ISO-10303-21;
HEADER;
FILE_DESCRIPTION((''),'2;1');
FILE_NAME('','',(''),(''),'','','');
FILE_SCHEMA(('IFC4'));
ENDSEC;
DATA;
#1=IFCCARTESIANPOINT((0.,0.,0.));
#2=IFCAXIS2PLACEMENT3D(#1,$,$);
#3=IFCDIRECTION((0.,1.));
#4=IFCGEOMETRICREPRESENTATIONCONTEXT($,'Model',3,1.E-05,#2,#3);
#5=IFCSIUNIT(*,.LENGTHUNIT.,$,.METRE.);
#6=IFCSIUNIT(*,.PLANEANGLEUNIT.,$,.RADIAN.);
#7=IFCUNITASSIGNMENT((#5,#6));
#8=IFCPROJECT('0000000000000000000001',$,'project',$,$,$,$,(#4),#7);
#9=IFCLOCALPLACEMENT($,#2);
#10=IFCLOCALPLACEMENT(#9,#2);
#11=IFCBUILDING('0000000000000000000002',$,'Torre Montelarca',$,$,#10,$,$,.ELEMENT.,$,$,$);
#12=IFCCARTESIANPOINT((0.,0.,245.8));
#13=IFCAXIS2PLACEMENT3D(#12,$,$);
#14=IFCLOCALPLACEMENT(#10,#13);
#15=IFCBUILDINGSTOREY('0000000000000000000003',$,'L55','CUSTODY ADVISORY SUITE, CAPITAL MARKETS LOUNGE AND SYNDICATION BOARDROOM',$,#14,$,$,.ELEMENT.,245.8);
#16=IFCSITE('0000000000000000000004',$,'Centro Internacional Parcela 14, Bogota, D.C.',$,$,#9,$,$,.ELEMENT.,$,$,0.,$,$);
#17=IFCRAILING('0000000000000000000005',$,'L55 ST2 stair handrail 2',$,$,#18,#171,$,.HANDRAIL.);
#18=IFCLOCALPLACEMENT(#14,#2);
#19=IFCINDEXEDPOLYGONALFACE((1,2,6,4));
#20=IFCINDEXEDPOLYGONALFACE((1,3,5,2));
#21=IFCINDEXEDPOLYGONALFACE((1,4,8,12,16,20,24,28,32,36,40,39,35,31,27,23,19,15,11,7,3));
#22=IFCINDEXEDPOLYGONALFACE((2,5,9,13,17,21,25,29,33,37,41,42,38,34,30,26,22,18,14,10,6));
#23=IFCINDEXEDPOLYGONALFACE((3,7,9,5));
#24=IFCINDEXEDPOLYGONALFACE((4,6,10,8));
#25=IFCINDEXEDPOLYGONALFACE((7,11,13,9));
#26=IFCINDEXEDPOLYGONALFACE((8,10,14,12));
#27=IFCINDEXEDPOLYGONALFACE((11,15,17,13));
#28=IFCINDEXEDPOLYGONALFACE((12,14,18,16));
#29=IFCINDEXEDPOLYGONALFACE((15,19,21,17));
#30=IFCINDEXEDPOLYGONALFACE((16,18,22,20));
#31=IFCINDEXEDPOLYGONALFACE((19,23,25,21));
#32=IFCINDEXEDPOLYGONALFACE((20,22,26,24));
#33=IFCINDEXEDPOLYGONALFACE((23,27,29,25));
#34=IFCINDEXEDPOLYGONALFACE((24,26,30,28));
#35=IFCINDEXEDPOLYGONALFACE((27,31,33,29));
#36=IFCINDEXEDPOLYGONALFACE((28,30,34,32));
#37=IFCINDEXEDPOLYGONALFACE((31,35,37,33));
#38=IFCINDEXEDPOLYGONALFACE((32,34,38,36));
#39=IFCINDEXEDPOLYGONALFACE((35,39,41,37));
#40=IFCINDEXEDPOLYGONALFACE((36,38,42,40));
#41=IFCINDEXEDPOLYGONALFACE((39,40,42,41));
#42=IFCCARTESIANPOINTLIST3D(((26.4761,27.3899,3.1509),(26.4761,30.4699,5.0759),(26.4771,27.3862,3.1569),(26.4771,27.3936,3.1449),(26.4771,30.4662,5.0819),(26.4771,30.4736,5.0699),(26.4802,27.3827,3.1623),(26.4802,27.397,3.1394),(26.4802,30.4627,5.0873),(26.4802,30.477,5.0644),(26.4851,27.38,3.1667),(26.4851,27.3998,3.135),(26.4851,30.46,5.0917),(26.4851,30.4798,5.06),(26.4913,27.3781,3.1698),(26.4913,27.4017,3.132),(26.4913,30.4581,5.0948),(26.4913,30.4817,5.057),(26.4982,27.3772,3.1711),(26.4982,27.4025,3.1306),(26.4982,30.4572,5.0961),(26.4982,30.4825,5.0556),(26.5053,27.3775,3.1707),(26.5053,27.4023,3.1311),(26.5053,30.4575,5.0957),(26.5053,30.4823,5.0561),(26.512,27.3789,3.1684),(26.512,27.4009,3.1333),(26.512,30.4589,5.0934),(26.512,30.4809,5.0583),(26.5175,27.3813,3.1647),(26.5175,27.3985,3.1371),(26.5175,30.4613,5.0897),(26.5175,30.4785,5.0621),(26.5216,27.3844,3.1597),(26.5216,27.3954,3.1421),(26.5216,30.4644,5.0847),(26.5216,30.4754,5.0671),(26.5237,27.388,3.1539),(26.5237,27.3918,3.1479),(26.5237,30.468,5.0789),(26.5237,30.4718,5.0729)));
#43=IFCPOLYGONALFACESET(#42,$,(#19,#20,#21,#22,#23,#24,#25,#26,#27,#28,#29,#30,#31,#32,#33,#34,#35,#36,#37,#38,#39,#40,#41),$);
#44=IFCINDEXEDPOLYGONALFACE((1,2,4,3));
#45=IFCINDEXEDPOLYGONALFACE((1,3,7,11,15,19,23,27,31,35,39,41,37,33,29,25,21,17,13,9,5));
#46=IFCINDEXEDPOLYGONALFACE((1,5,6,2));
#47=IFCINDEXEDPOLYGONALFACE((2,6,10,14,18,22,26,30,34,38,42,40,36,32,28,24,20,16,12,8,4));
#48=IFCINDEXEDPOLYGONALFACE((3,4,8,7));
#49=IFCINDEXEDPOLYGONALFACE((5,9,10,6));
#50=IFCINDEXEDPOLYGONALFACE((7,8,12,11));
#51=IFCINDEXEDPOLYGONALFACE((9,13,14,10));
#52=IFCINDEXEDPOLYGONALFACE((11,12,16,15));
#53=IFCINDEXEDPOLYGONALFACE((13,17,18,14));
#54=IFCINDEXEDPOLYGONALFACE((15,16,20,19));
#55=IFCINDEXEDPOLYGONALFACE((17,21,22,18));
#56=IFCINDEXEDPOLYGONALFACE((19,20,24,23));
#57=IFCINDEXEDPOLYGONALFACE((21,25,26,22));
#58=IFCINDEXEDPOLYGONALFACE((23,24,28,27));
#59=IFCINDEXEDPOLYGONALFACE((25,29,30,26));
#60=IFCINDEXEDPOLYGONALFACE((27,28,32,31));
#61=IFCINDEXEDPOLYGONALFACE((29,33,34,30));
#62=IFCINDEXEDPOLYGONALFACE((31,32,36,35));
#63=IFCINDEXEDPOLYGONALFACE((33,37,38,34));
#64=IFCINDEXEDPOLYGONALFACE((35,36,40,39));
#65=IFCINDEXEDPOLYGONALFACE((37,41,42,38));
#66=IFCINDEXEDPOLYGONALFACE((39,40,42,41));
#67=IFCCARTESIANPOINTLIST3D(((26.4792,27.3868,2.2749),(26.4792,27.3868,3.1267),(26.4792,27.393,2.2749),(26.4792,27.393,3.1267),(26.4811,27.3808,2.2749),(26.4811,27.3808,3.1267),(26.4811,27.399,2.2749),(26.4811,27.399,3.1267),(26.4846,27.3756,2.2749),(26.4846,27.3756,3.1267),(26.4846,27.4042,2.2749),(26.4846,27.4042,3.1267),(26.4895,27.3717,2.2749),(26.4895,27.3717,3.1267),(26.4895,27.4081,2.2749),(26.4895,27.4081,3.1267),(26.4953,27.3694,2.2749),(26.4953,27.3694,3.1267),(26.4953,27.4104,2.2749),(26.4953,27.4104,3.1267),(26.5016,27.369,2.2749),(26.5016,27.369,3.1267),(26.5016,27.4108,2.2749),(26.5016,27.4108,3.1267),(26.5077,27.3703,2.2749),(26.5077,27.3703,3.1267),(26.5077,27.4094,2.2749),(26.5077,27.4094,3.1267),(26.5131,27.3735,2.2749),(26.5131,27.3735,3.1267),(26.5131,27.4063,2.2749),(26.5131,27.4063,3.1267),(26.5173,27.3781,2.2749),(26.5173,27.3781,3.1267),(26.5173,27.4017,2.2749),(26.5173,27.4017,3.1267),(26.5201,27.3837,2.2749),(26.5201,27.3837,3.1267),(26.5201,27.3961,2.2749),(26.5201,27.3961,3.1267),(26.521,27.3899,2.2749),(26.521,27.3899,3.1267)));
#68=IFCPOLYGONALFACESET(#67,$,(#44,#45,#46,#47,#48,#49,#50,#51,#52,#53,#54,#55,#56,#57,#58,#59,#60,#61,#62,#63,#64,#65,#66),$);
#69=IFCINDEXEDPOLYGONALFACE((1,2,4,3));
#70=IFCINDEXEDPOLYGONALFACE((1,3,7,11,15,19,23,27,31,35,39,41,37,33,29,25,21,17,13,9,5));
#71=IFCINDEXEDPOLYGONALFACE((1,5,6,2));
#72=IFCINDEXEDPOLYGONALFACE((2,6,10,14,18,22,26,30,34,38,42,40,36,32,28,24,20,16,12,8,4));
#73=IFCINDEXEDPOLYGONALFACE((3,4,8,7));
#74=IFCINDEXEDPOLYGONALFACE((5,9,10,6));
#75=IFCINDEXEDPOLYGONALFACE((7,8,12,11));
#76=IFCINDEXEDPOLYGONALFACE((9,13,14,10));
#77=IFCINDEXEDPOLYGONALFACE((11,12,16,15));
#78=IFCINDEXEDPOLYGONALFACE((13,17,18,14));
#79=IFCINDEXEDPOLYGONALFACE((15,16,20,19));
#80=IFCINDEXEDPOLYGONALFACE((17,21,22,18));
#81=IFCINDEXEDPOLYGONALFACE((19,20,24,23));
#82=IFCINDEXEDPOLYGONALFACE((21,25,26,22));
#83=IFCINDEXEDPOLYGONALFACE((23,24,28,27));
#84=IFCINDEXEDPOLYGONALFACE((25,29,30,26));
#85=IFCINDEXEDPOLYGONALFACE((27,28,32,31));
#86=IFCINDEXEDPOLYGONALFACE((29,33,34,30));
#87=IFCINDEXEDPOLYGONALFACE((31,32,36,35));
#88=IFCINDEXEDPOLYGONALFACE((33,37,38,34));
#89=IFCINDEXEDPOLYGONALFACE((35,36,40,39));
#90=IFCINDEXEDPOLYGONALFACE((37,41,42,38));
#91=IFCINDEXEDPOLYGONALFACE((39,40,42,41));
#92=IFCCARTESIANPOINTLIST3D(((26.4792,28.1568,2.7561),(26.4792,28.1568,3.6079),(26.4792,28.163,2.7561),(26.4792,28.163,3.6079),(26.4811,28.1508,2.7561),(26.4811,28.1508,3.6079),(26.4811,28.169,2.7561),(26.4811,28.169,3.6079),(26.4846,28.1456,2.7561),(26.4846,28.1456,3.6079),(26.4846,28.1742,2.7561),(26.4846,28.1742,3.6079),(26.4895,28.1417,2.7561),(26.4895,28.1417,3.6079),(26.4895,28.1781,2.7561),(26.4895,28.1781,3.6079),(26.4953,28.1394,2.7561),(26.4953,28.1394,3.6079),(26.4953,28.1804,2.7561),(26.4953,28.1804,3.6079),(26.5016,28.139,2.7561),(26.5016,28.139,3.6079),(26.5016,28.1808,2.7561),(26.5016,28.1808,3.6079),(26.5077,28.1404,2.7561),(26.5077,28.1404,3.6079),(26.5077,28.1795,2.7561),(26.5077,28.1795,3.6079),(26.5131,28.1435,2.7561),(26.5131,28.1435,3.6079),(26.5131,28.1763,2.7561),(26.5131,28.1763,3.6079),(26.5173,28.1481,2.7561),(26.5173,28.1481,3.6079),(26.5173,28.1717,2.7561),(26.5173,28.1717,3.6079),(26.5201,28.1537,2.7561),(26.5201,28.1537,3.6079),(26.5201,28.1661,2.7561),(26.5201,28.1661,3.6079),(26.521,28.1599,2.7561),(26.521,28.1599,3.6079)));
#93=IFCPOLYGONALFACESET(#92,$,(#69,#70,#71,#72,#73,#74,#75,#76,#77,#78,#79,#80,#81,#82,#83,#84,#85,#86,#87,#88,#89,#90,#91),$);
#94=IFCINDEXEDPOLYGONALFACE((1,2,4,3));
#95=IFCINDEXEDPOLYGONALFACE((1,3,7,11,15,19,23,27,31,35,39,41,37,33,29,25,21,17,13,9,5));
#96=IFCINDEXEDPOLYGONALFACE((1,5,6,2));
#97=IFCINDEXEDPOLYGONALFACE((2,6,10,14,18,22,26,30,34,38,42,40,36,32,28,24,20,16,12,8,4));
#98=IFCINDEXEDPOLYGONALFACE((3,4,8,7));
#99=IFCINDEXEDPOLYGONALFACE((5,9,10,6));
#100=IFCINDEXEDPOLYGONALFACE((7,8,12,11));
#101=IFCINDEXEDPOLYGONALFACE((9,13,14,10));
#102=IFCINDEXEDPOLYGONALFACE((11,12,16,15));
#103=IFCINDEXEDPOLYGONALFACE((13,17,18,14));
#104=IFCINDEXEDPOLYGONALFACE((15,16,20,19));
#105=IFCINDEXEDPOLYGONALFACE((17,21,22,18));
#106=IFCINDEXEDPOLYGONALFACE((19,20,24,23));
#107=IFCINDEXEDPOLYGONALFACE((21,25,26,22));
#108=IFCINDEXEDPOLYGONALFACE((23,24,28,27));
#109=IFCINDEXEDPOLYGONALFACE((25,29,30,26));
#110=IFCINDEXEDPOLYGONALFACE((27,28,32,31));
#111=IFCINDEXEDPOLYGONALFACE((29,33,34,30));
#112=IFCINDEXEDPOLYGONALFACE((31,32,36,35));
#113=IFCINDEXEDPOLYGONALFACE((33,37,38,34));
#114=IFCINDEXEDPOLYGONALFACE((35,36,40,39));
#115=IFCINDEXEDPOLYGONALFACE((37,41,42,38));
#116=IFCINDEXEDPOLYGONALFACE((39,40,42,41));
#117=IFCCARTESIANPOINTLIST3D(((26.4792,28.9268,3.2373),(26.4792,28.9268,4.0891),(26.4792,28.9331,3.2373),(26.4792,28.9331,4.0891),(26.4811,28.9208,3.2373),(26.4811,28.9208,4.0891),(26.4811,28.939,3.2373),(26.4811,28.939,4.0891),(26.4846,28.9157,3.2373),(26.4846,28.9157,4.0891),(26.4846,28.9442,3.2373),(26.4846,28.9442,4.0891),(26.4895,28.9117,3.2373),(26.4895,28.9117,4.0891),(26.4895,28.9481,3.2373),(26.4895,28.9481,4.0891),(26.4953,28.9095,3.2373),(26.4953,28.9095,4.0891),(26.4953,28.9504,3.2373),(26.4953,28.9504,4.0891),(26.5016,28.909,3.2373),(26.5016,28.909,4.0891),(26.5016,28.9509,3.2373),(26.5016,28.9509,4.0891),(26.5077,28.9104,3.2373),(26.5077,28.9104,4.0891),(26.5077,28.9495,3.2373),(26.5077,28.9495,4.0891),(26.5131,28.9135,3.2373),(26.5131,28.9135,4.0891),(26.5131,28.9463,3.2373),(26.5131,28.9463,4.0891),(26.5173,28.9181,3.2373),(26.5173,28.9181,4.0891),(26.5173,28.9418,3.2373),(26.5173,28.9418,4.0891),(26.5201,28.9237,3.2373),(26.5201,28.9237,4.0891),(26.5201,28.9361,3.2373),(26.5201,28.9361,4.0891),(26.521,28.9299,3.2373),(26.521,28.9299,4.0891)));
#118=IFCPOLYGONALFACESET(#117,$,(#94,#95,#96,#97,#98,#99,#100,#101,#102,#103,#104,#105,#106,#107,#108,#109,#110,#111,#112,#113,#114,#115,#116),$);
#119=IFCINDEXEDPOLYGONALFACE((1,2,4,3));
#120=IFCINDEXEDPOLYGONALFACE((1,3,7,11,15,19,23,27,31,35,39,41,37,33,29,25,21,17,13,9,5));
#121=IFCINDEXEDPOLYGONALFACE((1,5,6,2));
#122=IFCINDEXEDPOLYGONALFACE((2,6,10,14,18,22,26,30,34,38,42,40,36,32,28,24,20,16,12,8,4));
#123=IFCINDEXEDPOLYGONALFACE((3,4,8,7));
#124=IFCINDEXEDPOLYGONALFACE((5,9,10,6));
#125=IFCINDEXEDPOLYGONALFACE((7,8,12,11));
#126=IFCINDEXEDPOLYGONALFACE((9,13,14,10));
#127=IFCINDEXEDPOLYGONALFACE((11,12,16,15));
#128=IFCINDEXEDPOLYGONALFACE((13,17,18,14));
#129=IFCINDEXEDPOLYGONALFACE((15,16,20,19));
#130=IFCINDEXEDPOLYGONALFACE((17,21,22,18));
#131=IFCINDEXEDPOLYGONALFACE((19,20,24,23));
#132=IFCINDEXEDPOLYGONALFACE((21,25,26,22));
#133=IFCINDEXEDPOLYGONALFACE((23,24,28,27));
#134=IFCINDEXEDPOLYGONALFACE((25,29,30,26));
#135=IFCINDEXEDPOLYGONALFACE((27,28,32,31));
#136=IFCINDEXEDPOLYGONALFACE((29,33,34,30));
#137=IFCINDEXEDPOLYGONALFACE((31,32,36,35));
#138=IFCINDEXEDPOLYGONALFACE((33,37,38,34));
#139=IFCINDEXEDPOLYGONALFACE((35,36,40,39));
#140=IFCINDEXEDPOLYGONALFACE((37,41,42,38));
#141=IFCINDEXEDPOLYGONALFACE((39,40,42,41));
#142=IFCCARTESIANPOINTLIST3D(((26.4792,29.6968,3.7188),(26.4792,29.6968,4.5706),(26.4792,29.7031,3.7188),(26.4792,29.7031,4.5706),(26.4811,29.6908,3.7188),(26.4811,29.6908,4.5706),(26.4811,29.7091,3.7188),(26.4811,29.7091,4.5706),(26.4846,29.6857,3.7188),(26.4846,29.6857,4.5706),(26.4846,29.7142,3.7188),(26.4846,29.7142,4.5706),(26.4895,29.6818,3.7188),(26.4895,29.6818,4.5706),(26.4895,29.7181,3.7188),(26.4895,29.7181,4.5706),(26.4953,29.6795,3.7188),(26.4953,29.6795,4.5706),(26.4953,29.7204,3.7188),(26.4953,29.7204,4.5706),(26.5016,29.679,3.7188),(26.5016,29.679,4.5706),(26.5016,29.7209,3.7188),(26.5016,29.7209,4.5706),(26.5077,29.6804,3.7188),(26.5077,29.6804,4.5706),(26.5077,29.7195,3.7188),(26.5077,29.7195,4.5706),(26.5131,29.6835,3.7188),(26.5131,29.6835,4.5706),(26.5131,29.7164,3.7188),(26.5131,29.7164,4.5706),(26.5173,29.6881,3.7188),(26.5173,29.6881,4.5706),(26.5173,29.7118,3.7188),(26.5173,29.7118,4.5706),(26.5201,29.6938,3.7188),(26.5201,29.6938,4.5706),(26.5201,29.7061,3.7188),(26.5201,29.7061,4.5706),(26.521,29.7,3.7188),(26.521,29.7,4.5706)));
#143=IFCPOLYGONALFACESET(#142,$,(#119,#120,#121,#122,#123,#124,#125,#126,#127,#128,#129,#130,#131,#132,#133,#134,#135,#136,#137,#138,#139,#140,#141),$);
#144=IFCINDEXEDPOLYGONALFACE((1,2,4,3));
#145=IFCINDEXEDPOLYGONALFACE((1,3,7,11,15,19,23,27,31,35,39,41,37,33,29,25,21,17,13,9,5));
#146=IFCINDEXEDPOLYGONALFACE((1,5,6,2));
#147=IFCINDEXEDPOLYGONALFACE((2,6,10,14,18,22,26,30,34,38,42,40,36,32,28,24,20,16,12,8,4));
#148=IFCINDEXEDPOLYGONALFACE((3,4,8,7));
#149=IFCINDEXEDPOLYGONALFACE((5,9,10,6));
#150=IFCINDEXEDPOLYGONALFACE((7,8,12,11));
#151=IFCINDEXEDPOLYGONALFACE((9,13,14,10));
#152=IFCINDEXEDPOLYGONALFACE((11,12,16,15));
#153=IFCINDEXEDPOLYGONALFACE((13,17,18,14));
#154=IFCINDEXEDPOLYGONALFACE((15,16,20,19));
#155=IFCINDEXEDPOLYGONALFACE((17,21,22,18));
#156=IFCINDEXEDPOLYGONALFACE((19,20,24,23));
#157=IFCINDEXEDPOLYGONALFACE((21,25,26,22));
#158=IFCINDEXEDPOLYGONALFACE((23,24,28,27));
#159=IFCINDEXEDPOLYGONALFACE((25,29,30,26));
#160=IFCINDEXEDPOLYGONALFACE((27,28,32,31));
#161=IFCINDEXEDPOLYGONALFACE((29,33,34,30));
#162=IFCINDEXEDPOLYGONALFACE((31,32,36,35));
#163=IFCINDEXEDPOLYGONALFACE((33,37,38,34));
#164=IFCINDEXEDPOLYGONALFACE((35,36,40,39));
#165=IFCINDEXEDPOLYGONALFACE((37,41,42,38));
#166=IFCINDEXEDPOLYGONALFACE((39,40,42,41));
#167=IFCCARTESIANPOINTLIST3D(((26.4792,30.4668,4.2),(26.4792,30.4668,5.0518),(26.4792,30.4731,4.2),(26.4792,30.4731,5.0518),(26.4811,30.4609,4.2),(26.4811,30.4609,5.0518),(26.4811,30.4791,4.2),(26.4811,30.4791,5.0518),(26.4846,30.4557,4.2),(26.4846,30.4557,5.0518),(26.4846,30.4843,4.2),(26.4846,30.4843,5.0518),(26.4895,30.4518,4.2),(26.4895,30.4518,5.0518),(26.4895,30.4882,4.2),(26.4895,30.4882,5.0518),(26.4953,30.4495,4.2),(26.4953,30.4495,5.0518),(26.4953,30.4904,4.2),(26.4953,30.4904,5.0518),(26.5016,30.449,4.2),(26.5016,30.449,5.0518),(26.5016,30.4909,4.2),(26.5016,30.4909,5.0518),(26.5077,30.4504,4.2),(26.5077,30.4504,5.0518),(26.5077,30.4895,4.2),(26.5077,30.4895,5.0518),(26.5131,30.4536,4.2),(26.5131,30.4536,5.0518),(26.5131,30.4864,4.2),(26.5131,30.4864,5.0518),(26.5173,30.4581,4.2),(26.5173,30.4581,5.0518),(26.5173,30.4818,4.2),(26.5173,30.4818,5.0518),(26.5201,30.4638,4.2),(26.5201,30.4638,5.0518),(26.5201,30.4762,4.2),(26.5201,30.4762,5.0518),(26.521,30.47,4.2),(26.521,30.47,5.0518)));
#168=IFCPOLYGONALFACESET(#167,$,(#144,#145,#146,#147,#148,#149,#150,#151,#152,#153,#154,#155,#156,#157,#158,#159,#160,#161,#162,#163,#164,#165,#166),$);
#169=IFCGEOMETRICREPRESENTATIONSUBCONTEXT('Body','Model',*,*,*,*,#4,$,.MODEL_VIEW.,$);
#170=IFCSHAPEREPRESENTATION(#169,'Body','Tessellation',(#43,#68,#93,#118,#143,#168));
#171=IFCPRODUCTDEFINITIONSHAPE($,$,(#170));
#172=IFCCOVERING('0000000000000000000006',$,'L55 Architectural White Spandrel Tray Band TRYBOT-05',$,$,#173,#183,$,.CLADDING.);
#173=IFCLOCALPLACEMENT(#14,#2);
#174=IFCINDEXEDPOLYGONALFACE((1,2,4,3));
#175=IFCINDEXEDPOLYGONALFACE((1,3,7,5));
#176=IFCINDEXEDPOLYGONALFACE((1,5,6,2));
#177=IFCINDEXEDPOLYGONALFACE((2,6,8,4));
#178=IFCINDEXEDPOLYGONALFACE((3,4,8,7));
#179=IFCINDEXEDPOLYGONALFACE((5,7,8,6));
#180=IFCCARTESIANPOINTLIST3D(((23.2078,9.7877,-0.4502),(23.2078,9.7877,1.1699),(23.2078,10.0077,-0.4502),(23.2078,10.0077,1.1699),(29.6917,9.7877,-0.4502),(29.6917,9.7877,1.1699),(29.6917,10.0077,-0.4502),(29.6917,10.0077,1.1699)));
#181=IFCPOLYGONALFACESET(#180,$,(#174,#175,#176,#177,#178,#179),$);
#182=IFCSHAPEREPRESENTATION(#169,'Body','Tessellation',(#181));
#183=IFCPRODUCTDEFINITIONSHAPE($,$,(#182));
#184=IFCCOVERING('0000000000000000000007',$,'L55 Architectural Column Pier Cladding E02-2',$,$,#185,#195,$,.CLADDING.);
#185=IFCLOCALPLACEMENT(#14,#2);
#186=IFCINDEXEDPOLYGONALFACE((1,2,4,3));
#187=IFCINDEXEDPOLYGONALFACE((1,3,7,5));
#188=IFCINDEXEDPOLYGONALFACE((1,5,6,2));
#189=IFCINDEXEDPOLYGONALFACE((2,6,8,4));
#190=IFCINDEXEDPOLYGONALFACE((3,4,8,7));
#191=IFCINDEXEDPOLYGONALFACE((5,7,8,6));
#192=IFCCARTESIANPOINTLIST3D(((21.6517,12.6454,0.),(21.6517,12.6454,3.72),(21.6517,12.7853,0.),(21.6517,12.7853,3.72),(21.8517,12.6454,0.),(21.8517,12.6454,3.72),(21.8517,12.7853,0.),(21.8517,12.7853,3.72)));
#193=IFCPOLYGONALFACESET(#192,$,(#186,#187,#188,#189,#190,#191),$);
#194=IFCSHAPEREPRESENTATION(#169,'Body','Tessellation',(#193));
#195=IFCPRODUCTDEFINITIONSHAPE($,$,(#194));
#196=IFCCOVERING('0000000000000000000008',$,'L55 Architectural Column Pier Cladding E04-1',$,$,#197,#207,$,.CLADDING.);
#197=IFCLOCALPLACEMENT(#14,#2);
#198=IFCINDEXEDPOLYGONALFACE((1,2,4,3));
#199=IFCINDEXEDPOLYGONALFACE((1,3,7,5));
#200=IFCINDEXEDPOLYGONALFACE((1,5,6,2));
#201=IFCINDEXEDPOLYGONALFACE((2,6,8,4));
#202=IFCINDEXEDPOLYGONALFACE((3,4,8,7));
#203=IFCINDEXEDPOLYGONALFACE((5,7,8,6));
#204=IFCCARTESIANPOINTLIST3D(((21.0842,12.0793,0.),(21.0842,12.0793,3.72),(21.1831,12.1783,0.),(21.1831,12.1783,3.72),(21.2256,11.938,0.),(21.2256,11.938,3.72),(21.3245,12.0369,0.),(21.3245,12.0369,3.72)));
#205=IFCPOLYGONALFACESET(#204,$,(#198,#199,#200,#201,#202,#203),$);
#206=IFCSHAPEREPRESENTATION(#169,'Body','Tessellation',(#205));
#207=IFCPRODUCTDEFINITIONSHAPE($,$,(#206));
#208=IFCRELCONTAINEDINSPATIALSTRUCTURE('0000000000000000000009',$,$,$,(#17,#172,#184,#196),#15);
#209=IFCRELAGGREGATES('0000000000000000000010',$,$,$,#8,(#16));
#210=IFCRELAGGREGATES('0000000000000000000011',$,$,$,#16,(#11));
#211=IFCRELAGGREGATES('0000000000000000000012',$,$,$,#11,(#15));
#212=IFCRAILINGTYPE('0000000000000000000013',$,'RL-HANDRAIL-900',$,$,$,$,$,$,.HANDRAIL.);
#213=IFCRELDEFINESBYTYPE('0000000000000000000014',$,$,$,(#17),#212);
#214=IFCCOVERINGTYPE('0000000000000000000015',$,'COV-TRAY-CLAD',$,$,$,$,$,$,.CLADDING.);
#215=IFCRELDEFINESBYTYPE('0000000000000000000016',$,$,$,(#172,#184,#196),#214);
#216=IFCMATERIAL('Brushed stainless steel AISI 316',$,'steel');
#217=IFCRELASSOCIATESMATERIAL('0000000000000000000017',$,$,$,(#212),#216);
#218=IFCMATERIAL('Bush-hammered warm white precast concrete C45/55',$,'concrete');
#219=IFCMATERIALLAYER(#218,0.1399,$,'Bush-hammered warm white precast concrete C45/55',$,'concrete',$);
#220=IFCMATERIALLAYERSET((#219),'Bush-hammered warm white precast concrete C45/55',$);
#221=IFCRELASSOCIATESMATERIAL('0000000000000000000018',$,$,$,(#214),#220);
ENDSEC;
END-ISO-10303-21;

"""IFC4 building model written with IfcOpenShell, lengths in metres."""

from ifc_helpers import new_model, si_unit, direction, frame, origin, origin_2d, place, context, subcontext, project, spatial, rectangle, circle, extrude, source, transform, mapped, material, layer, layer_set, type_object, element, save


model = new_model("IFC4")

# Units and contexts
model_context = context("Model", 3, precision=1e-05, world=origin(), true_north=direction((0.0, 1.0)))
body_context = subcontext(model_context, "Body", "Model", "MODEL_VIEW")
ifc_project = project(units=[si_unit("LENGTHUNIT", "METRE"), si_unit("PLANEANGLEUNIT", "RADIAN")], contexts=[model_context])

# Site, building, storey
site_placement = place(None, origin())
site = spatial("IfcSite", under=ifc_project, at=site_placement, Name="Centro Internacional Parcela 14, Bogota, D.C.", CompositionType="ELEMENT", RefElevation=0.0)
building_placement = place(site_placement, origin())
building = spatial("IfcBuilding", under=site, at=building_placement, Name="Torre Montelarca", CompositionType="ELEMENT")
storey_placement = place(building_placement, frame((0.0, 0.0, 245.8)))
storey = spatial("IfcBuildingStorey", under=building, at=storey_placement, Name="L55", Description="CUSTODY ADVISORY SUITE, CAPITAL MARKETS LOUNGE AND SYNDICATION BOARDROOM", CompositionType="ELEMENT", Elevation=245.8)

# Railing
ifc_material_1 = material(Name="Brushed stainless steel AISI 316", Category="steel")
railing_type_1 = type_object("IfcRailingType", Name="RL-HANDRAIL-900", PredefinedType="HANDRAIL", material=ifc_material_1)
railing_1_placement = place(storey_placement, frame((26.5, 27.3899, 2.2749)))
element("IfcRailing", 1, at=railing_1_placement, inside=storey, type_object=railing_type_1, Name="L55 ST2 stair handrail 2", PredefinedType="HANDRAIL", context=body_context, shape_type="SweptSolid", body=[
    extrude(circle(Radius=0.0239, at=origin_2d()), frame((0.0, 0.0, 0.876), z_axis=(0.0, 0.847998, 0.529999), x_axis=(-1.0, 0.0, 0.0)), (0.0, 0.0, 1.0), 3.6321),
    extrude(circle(Radius=0.021, at=origin_2d()), origin(), (0.0, 0.0, 1.0), 0.8518),
    extrude(circle(Radius=0.021, at=origin_2d()), frame((0.0, 0.77, 0.4812)), (0.0, 0.0, 1.0), 0.8518),
    extrude(circle(Radius=0.021, at=origin_2d()), frame((0.0, 1.54, 0.9624)), (0.0, 0.0, 1.0), 0.8518),
    extrude(circle(Radius=0.021, at=origin_2d()), frame((0.0, 2.3101, 1.4438)), (0.0, 0.0, 1.0), 0.8518),
    extrude(circle(Radius=0.021, at=origin_2d()), frame((0.0, 3.0801, 1.925)), (0.0, 0.0, 1.0), 0.8518),
])

# Coverings
ifc_material_2 = material(Name="Bush-hammered warm white precast concrete C45/55", Category="concrete")
ifc_layer_1 = layer(ifc_material_2, 0.1399, Name="Bush-hammered warm white precast concrete C45/55", Category="concrete")
ifc_layer_set_1 = layer_set([ifc_layer_1], Name="Bush-hammered warm white precast concrete C45/55")
covering_type = type_object("IfcCoveringType", Name="COV-TRAY-CLAD", PredefinedType="CLADDING", material=ifc_layer_set_1)
shared_shape_1 = source(origin(), body_context, "Body", "SweptSolid", [
    extrude(rectangle(XDim=6.4839, YDim=0.22, at=origin_2d()), origin(), (0.0, 0.0, 1.0), 1.6201),
])
covering_1_placement = place(storey_placement, frame((26.4497, 9.8977, -0.4502), z_axis=(0.0, 0.0, 1.0), x_axis=(1.0, 0.0, 0.0)))
element("IfcCovering", 2, at=covering_1_placement, inside=storey, type_object=covering_type, Name="L55 Architectural White Spandrel Tray Band TRYBOT-05", PredefinedType="CLADDING", context=body_context, shape_type="MappedRepresentation", body=[
    mapped(shared_shape_1, transform((0.0, 0.0, 0.0), scale=1.0)),
])
shared_shape_2 = source(origin(), body_context, "Body", "SweptSolid", [
    extrude(rectangle(XDim=0.2, YDim=0.1399, at=origin_2d()), origin(), (0.0, 0.0, 1.0), 3.72),
])
for number, where, z_axis, x_axis, name in (
    (3, (21.7517, 12.7153, 0.0), (0.0, 0.0, 1.0), (1.0, 0.0, 0.0), "L55 Architectural Column Pier Cladding E02-2"),
    (4, (21.2043, 12.0581, 0.0), (0.0, 0.0, 1.0), (0.707124, -0.70709, 0.0), "L55 Architectural Column Pier Cladding E04-1"),
):
    element("IfcCovering", number, at=place(storey_placement, frame(where, z_axis=z_axis, x_axis=x_axis)), inside=storey, type_object=covering_type, Name=name, PredefinedType="CLADDING", context=body_context, shape_type="MappedRepresentation", body=[
        mapped(shared_shape_2, transform((0.0, 0.0, 0.0), scale=1.0)),
    ])

save(model, "model.ifc")
